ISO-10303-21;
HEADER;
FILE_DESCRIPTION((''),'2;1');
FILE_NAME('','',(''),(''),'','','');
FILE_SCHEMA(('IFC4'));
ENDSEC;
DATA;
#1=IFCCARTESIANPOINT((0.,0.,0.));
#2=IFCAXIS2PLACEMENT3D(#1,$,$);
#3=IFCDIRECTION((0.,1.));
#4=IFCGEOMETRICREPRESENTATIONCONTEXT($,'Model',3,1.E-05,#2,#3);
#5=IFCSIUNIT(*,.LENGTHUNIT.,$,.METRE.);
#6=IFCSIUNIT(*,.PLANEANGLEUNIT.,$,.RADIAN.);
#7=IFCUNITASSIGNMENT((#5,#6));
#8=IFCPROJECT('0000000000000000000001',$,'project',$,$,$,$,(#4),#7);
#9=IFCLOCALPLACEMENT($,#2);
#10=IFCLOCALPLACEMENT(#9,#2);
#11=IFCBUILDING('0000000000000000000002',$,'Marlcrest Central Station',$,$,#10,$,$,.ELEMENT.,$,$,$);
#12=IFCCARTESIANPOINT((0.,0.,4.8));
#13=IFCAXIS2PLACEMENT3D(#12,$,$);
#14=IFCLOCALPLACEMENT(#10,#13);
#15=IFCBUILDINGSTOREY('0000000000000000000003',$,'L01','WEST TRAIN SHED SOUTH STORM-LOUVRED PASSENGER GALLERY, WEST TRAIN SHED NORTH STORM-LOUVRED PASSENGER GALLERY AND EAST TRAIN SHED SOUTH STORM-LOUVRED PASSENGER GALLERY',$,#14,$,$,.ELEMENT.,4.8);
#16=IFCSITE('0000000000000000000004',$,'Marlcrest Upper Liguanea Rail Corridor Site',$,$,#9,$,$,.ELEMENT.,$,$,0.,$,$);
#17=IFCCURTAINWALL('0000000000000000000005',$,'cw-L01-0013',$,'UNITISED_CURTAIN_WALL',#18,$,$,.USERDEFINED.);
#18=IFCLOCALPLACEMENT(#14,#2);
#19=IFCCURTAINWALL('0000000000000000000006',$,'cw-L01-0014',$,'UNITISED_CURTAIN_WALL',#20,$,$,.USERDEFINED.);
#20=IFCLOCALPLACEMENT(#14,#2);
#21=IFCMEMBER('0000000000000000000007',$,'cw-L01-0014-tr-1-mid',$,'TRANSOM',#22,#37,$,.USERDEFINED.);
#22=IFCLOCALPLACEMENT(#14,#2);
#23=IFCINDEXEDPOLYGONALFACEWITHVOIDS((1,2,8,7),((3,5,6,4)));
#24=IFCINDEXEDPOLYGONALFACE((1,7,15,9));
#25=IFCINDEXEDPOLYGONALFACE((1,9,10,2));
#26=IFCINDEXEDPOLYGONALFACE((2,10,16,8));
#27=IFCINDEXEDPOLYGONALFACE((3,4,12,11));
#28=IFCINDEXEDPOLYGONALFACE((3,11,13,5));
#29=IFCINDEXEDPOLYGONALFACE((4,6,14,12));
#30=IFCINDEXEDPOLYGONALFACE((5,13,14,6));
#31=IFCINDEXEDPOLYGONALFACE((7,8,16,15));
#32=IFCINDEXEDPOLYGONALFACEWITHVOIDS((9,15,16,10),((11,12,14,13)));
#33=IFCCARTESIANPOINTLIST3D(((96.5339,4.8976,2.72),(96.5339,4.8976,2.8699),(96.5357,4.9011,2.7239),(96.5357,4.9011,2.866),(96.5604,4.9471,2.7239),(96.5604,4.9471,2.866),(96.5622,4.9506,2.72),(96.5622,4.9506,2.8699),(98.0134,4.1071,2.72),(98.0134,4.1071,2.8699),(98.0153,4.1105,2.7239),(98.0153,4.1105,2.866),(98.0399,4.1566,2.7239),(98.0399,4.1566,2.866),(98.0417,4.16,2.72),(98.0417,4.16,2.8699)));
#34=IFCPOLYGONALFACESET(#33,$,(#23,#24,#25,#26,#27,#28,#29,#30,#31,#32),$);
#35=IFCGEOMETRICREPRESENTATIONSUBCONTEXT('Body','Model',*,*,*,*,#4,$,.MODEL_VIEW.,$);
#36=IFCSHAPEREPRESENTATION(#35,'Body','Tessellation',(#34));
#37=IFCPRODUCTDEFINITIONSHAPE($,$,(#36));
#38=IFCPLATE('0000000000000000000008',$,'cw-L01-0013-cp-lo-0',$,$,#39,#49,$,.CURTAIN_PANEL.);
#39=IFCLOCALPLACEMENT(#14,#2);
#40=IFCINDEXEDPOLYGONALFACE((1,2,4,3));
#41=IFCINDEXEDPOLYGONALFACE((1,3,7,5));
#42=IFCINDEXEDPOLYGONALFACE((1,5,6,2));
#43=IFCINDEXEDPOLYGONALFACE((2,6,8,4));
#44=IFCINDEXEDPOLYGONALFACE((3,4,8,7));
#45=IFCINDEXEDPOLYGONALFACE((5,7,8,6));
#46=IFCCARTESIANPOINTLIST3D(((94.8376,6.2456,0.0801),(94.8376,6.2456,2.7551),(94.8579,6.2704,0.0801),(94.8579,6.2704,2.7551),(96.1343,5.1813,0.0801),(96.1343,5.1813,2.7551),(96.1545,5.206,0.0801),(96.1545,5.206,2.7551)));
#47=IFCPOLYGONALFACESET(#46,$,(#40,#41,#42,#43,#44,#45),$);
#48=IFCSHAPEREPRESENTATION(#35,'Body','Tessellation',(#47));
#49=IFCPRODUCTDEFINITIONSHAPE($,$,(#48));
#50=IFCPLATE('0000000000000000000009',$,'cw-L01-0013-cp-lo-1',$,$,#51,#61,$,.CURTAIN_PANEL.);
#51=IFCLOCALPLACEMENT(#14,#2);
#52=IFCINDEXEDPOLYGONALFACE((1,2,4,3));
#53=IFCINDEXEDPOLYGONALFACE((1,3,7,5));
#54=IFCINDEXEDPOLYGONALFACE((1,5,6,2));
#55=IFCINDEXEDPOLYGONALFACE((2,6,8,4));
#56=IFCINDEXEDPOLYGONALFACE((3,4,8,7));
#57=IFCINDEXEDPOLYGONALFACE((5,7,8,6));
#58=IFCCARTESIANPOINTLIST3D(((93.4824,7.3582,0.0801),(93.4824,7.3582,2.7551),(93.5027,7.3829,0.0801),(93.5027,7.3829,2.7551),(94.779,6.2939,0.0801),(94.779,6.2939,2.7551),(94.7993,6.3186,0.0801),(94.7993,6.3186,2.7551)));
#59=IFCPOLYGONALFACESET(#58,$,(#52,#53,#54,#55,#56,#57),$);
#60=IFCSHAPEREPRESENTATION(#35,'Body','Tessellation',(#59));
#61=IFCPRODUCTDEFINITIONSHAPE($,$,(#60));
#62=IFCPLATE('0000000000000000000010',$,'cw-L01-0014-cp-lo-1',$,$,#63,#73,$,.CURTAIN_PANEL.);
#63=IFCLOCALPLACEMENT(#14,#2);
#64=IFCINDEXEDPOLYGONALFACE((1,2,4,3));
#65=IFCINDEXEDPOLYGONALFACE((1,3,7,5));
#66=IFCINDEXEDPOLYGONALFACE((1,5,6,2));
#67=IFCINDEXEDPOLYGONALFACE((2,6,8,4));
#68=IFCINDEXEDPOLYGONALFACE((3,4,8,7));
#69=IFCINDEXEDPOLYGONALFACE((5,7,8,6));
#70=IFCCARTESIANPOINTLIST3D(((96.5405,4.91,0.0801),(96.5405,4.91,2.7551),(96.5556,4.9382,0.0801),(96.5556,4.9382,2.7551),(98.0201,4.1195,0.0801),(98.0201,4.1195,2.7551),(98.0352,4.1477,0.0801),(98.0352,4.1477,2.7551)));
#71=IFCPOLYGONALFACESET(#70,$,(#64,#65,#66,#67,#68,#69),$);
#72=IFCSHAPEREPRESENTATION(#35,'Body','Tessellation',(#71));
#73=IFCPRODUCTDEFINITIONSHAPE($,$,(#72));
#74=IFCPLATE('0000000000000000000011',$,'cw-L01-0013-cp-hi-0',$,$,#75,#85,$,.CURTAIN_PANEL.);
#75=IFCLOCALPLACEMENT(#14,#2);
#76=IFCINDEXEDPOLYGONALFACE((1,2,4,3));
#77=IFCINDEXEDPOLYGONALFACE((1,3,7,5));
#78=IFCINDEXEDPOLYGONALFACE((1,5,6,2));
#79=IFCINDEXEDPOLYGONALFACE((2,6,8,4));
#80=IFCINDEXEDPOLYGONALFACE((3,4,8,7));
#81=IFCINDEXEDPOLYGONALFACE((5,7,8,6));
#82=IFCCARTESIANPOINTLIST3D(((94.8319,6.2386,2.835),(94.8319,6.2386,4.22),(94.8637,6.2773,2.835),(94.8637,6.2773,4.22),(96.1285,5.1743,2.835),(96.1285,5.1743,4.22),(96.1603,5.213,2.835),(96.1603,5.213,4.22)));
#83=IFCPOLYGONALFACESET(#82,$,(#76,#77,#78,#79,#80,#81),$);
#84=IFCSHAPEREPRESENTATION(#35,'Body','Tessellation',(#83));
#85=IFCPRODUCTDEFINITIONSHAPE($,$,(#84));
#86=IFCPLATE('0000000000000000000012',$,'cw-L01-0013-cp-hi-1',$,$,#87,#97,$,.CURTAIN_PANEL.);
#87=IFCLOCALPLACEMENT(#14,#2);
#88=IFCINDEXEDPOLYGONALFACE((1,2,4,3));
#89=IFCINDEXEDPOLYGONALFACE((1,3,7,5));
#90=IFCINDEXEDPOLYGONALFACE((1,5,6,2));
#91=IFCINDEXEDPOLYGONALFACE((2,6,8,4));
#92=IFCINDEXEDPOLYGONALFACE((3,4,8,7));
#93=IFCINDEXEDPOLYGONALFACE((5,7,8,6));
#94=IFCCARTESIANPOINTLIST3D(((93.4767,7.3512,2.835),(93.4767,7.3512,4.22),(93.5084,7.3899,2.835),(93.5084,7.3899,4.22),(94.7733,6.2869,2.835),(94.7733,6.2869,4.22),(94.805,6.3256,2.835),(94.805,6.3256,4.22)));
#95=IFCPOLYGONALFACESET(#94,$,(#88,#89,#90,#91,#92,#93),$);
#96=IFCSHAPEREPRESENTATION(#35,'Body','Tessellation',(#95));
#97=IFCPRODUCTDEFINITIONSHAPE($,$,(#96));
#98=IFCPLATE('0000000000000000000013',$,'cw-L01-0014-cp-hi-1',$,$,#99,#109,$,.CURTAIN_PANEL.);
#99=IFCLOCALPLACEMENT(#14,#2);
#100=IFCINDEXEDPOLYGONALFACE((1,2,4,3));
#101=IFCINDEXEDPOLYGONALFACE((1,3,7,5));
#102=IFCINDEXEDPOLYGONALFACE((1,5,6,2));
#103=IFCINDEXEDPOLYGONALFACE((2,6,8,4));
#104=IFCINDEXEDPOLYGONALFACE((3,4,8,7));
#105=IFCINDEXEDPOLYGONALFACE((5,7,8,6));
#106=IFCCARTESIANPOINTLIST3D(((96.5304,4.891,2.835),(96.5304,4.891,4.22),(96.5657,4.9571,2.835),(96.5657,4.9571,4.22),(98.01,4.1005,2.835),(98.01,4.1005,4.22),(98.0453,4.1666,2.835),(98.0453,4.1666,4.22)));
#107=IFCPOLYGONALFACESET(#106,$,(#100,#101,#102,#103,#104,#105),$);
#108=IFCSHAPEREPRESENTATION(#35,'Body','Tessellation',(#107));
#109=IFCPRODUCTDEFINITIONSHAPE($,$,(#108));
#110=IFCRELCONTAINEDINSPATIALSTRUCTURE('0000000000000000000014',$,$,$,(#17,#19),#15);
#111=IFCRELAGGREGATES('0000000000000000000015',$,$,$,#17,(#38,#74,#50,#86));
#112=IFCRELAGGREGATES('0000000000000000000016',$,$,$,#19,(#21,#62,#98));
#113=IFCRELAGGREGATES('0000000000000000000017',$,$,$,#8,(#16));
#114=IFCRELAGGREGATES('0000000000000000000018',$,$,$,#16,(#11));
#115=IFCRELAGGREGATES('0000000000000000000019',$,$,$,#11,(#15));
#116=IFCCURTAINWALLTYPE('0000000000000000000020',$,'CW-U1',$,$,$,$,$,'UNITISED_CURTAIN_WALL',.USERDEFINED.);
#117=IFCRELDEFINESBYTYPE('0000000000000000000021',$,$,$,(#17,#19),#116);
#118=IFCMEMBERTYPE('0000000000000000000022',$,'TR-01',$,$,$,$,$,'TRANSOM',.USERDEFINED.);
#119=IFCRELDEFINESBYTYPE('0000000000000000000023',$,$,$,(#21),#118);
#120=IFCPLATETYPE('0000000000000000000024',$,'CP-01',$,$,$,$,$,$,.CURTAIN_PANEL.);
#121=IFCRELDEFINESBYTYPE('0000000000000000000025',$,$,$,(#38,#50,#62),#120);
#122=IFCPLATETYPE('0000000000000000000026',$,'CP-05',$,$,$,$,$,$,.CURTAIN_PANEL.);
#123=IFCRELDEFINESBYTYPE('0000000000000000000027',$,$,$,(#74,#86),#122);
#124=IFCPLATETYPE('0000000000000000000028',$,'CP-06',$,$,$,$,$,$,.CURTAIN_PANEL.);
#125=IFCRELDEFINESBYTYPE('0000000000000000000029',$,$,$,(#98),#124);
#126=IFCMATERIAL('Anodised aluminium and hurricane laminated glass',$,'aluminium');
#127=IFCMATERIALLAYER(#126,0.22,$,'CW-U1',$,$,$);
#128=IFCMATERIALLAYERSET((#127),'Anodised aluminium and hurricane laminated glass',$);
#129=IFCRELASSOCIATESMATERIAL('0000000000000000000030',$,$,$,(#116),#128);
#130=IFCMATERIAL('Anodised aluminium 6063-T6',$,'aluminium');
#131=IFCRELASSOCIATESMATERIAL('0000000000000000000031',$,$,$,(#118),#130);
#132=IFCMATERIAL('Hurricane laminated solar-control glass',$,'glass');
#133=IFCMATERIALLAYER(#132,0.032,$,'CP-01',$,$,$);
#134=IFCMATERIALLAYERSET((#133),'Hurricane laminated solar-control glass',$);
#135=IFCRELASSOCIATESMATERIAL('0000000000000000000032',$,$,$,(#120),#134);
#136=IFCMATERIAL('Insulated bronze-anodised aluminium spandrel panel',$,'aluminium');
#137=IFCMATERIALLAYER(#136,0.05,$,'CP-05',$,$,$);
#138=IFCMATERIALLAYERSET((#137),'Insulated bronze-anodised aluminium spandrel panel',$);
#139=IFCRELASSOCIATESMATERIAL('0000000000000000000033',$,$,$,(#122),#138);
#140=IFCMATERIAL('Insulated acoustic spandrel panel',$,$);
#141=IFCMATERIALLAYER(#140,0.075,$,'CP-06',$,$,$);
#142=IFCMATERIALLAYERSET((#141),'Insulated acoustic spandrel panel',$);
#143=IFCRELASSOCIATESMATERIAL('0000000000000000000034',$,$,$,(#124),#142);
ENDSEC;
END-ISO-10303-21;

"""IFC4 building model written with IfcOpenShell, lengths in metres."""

from ifc_helpers import new_model, si_unit, direction, frame, origin, origin_2d, place, context, subcontext, project, spatial, rectangle, hollow_rectangle, extrude, material, layer, layer_set, material_profile, profile_set, type_object, element, aggregate, save


model = new_model("IFC4")

# Units and contexts
model_context = context("Model", 3, precision=1e-05, world=origin(), true_north=direction((0.0, 1.0)))
body_context = subcontext(model_context, "Body", "Model", "MODEL_VIEW")
ifc_project = project(units=[si_unit("LENGTHUNIT", "METRE"), si_unit("PLANEANGLEUNIT", "RADIAN")], contexts=[model_context])

# Site, building, storey
site_placement = place(None, origin())
site = spatial("IfcSite", under=ifc_project, at=site_placement, Name="Marlcrest Upper Liguanea Rail Corridor Site", CompositionType="ELEMENT", RefElevation=0.0)
building_placement = place(site_placement, origin())
building = spatial("IfcBuilding", under=site, at=building_placement, Name="Marlcrest Central Station", CompositionType="ELEMENT")
storey_placement = place(building_placement, frame((0.0, 0.0, 4.8)))
storey = spatial("IfcBuildingStorey", under=building, at=storey_placement, Name="L01", Description="WEST TRAIN SHED SOUTH STORM-LOUVRED PASSENGER GALLERY, WEST TRAIN SHED NORTH STORM-LOUVRED PASSENGER GALLERY AND EAST TRAIN SHED SOUTH STORM-LOUVRED PASSENGER GALLERY", CompositionType="ELEMENT", Elevation=4.8)

# Curtain wall
ifc_material_1 = material(Name="Anodised aluminium and hurricane laminated glass", Category="aluminium")
ifc_layer_1 = layer(ifc_material_1, 0.22, Name="CW-U1")
ifc_layer_set_1 = layer_set([ifc_layer_1], Name="Anodised aluminium and hurricane laminated glass")
curtain_wall_type = type_object("IfcCurtainWallType", Name="CW-U1", ElementType="UNITISED_CURTAIN_WALL", PredefinedType="USERDEFINED", material=ifc_layer_set_1)
curtain_wall_1_placement = place(storey_placement, origin())
curtain_wall_1 = element("IfcCurtainWall", 1, at=curtain_wall_1_placement, inside=storey, type_object=curtain_wall_type, Name="cw-L01-0013", ObjectType="UNITISED_CURTAIN_WALL", PredefinedType="USERDEFINED")
ifc_material_2 = material(Name="Anodised aluminium 6063-T6", Category="aluminium")

# Curtain wall
curtain_wall_2_placement = place(storey_placement, origin())
curtain_wall_2 = element("IfcCurtainWall", 2, at=curtain_wall_2_placement, inside=storey, type_object=curtain_wall_type, Name="cw-L01-0014", ObjectType="UNITISED_CURTAIN_WALL", PredefinedType="USERDEFINED")

# Member
ifc_material_profile_1 = material_profile(ifc_material_2, hollow_rectangle(XDim=0.0601, YDim=0.1499, WallThickness=0.0039, at=origin_2d()), Name="AA-RHS 150x60x4")
ifc_profile_set_1 = profile_set([ifc_material_profile_1], Name="Anodised aluminium 6063-T6")
member_type_1 = type_object("IfcMemberType", Name="TR-01", ElementType="TRANSOM", PredefinedType="USERDEFINED", material=ifc_profile_set_1)
member_1_placement = place(storey_placement, frame((98.0276, 4.1335, 2.7949), z_axis=(-0.88199, 0.471268, 0.0), x_axis=(-0.471268, -0.88199, 0.0)))
member_1 = element("IfcMember", 3, at=member_1_placement, type_object=member_type_1, Name="cw-L01-0014-tr-1-mid", ObjectType="TRANSOM", PredefinedType="USERDEFINED", context=body_context, shape_type="SweptSolid", body=[
    extrude(hollow_rectangle(XDim=0.0601, YDim=0.1499, WallThickness=0.0039, at=origin_2d()), origin(), (0.0, 0.0, 1.0), 1.6775),
])

# Plates
ifc_material_3 = material(Name="Hurricane laminated solar-control glass", Category="glass")
ifc_layer_2 = layer(ifc_material_3, 0.032, Name="CP-01")
ifc_layer_set_2 = layer_set([ifc_layer_2], Name="Hurricane laminated solar-control glass")
plate_type_1 = type_object("IfcPlateType", Name="CP-01", PredefinedType="CURTAIN_PANEL", material=ifc_layer_set_2)
plate_1_placement = place(storey_placement, frame((95.4961, 5.7258, 0.0801), z_axis=(0.0, 0.0, 1.0), x_axis=(-0.772944, 0.634474, 0.0)))
plate_1 = element("IfcPlate", 4, at=plate_1_placement, type_object=plate_type_1, Name="cw-L01-0013-cp-lo-0", PredefinedType="CURTAIN_PANEL", context=body_context, shape_type="SweptSolid", body=[
    extrude(rectangle(XDim=1.6775, YDim=0.032, at=origin_2d()), origin(), (0.0, 0.0, 1.0), 2.675),
])
plate_2_placement = place(storey_placement, frame((94.1409, 6.8384, 0.0801), z_axis=(0.0, 0.0, 1.0), x_axis=(-0.772944, 0.634474, 0.0)))
plate_2 = element("IfcPlate", 5, at=plate_2_placement, type_object=plate_type_1, Name="cw-L01-0013-cp-lo-1", PredefinedType="CURTAIN_PANEL", context=body_context, shape_type="SweptSolid", body=[
    extrude(rectangle(XDim=1.6775, YDim=0.032, at=origin_2d()), origin(), (0.0, 0.0, 1.0), 2.675),
])
plate_3_placement = place(storey_placement, frame((97.2878, 4.5288, 0.0801), z_axis=(0.0, 0.0, 1.0), x_axis=(-0.882004, 0.471243, 0.0)))
plate_3 = element("IfcPlate", 6, at=plate_3_placement, type_object=plate_type_1, Name="cw-L01-0014-cp-lo-1", PredefinedType="CURTAIN_PANEL", context=body_context, shape_type="SweptSolid", body=[
    extrude(rectangle(XDim=1.6775, YDim=0.032, at=origin_2d()), origin(), (0.0, 0.0, 1.0), 2.675),
])
ifc_material_4 = material(Name="Insulated bronze-anodised aluminium spandrel panel", Category="aluminium")
ifc_layer_3 = layer(ifc_material_4, 0.05, Name="CP-05")
ifc_layer_set_3 = layer_set([ifc_layer_3], Name="Insulated bronze-anodised aluminium spandrel panel")
plate_type_2 = type_object("IfcPlateType", Name="CP-05", PredefinedType="CURTAIN_PANEL", material=ifc_layer_set_3)
plate_4_placement = place(storey_placement, frame((95.4961, 5.7258, 2.835), z_axis=(0.0, 0.0, 1.0), x_axis=(-0.772944, 0.634474, 0.0)))
plate_4 = element("IfcPlate", 7, at=plate_4_placement, type_object=plate_type_2, Name="cw-L01-0013-cp-hi-0", PredefinedType="CURTAIN_PANEL", context=body_context, shape_type="SweptSolid", body=[
    extrude(rectangle(XDim=1.6775, YDim=0.05, at=origin_2d()), origin(), (0.0, 0.0, 1.0), 1.385),
])
plate_5_placement = place(storey_placement, frame((94.1409, 6.8384, 2.835), z_axis=(0.0, 0.0, 1.0), x_axis=(-0.772944, 0.634474, 0.0)))
plate_5 = element("IfcPlate", 8, at=plate_5_placement, type_object=plate_type_2, Name="cw-L01-0013-cp-hi-1", PredefinedType="CURTAIN_PANEL", context=body_context, shape_type="SweptSolid", body=[
    extrude(rectangle(XDim=1.6775, YDim=0.05, at=origin_2d()), origin(), (0.0, 0.0, 1.0), 1.385),
])
aggregate(curtain_wall_1, [plate_1, plate_4, plate_2, plate_5])
ifc_material_5 = material(Name="Insulated acoustic spandrel panel")
ifc_layer_4 = layer(ifc_material_5, 0.075, Name="CP-06")
ifc_layer_set_4 = layer_set([ifc_layer_4], Name="Insulated acoustic spandrel panel")
plate_type_3 = type_object("IfcPlateType", Name="CP-06", PredefinedType="CURTAIN_PANEL", material=ifc_layer_set_4)
plate_6_placement = place(storey_placement, frame((97.2878, 4.5288, 2.835), z_axis=(0.0, 0.0, 1.0), x_axis=(-0.882004, 0.471243, 0.0)))
plate_6 = element("IfcPlate", 9, at=plate_6_placement, type_object=plate_type_3, Name="cw-L01-0014-cp-hi-1", PredefinedType="CURTAIN_PANEL", context=body_context, shape_type="SweptSolid", body=[
    extrude(rectangle(XDim=1.6775, YDim=0.075, at=origin_2d()), origin(), (0.0, 0.0, 1.0), 1.385),
])
aggregate(curtain_wall_2, [member_1, plate_3, plate_6])

save(model, "model.ifc")
